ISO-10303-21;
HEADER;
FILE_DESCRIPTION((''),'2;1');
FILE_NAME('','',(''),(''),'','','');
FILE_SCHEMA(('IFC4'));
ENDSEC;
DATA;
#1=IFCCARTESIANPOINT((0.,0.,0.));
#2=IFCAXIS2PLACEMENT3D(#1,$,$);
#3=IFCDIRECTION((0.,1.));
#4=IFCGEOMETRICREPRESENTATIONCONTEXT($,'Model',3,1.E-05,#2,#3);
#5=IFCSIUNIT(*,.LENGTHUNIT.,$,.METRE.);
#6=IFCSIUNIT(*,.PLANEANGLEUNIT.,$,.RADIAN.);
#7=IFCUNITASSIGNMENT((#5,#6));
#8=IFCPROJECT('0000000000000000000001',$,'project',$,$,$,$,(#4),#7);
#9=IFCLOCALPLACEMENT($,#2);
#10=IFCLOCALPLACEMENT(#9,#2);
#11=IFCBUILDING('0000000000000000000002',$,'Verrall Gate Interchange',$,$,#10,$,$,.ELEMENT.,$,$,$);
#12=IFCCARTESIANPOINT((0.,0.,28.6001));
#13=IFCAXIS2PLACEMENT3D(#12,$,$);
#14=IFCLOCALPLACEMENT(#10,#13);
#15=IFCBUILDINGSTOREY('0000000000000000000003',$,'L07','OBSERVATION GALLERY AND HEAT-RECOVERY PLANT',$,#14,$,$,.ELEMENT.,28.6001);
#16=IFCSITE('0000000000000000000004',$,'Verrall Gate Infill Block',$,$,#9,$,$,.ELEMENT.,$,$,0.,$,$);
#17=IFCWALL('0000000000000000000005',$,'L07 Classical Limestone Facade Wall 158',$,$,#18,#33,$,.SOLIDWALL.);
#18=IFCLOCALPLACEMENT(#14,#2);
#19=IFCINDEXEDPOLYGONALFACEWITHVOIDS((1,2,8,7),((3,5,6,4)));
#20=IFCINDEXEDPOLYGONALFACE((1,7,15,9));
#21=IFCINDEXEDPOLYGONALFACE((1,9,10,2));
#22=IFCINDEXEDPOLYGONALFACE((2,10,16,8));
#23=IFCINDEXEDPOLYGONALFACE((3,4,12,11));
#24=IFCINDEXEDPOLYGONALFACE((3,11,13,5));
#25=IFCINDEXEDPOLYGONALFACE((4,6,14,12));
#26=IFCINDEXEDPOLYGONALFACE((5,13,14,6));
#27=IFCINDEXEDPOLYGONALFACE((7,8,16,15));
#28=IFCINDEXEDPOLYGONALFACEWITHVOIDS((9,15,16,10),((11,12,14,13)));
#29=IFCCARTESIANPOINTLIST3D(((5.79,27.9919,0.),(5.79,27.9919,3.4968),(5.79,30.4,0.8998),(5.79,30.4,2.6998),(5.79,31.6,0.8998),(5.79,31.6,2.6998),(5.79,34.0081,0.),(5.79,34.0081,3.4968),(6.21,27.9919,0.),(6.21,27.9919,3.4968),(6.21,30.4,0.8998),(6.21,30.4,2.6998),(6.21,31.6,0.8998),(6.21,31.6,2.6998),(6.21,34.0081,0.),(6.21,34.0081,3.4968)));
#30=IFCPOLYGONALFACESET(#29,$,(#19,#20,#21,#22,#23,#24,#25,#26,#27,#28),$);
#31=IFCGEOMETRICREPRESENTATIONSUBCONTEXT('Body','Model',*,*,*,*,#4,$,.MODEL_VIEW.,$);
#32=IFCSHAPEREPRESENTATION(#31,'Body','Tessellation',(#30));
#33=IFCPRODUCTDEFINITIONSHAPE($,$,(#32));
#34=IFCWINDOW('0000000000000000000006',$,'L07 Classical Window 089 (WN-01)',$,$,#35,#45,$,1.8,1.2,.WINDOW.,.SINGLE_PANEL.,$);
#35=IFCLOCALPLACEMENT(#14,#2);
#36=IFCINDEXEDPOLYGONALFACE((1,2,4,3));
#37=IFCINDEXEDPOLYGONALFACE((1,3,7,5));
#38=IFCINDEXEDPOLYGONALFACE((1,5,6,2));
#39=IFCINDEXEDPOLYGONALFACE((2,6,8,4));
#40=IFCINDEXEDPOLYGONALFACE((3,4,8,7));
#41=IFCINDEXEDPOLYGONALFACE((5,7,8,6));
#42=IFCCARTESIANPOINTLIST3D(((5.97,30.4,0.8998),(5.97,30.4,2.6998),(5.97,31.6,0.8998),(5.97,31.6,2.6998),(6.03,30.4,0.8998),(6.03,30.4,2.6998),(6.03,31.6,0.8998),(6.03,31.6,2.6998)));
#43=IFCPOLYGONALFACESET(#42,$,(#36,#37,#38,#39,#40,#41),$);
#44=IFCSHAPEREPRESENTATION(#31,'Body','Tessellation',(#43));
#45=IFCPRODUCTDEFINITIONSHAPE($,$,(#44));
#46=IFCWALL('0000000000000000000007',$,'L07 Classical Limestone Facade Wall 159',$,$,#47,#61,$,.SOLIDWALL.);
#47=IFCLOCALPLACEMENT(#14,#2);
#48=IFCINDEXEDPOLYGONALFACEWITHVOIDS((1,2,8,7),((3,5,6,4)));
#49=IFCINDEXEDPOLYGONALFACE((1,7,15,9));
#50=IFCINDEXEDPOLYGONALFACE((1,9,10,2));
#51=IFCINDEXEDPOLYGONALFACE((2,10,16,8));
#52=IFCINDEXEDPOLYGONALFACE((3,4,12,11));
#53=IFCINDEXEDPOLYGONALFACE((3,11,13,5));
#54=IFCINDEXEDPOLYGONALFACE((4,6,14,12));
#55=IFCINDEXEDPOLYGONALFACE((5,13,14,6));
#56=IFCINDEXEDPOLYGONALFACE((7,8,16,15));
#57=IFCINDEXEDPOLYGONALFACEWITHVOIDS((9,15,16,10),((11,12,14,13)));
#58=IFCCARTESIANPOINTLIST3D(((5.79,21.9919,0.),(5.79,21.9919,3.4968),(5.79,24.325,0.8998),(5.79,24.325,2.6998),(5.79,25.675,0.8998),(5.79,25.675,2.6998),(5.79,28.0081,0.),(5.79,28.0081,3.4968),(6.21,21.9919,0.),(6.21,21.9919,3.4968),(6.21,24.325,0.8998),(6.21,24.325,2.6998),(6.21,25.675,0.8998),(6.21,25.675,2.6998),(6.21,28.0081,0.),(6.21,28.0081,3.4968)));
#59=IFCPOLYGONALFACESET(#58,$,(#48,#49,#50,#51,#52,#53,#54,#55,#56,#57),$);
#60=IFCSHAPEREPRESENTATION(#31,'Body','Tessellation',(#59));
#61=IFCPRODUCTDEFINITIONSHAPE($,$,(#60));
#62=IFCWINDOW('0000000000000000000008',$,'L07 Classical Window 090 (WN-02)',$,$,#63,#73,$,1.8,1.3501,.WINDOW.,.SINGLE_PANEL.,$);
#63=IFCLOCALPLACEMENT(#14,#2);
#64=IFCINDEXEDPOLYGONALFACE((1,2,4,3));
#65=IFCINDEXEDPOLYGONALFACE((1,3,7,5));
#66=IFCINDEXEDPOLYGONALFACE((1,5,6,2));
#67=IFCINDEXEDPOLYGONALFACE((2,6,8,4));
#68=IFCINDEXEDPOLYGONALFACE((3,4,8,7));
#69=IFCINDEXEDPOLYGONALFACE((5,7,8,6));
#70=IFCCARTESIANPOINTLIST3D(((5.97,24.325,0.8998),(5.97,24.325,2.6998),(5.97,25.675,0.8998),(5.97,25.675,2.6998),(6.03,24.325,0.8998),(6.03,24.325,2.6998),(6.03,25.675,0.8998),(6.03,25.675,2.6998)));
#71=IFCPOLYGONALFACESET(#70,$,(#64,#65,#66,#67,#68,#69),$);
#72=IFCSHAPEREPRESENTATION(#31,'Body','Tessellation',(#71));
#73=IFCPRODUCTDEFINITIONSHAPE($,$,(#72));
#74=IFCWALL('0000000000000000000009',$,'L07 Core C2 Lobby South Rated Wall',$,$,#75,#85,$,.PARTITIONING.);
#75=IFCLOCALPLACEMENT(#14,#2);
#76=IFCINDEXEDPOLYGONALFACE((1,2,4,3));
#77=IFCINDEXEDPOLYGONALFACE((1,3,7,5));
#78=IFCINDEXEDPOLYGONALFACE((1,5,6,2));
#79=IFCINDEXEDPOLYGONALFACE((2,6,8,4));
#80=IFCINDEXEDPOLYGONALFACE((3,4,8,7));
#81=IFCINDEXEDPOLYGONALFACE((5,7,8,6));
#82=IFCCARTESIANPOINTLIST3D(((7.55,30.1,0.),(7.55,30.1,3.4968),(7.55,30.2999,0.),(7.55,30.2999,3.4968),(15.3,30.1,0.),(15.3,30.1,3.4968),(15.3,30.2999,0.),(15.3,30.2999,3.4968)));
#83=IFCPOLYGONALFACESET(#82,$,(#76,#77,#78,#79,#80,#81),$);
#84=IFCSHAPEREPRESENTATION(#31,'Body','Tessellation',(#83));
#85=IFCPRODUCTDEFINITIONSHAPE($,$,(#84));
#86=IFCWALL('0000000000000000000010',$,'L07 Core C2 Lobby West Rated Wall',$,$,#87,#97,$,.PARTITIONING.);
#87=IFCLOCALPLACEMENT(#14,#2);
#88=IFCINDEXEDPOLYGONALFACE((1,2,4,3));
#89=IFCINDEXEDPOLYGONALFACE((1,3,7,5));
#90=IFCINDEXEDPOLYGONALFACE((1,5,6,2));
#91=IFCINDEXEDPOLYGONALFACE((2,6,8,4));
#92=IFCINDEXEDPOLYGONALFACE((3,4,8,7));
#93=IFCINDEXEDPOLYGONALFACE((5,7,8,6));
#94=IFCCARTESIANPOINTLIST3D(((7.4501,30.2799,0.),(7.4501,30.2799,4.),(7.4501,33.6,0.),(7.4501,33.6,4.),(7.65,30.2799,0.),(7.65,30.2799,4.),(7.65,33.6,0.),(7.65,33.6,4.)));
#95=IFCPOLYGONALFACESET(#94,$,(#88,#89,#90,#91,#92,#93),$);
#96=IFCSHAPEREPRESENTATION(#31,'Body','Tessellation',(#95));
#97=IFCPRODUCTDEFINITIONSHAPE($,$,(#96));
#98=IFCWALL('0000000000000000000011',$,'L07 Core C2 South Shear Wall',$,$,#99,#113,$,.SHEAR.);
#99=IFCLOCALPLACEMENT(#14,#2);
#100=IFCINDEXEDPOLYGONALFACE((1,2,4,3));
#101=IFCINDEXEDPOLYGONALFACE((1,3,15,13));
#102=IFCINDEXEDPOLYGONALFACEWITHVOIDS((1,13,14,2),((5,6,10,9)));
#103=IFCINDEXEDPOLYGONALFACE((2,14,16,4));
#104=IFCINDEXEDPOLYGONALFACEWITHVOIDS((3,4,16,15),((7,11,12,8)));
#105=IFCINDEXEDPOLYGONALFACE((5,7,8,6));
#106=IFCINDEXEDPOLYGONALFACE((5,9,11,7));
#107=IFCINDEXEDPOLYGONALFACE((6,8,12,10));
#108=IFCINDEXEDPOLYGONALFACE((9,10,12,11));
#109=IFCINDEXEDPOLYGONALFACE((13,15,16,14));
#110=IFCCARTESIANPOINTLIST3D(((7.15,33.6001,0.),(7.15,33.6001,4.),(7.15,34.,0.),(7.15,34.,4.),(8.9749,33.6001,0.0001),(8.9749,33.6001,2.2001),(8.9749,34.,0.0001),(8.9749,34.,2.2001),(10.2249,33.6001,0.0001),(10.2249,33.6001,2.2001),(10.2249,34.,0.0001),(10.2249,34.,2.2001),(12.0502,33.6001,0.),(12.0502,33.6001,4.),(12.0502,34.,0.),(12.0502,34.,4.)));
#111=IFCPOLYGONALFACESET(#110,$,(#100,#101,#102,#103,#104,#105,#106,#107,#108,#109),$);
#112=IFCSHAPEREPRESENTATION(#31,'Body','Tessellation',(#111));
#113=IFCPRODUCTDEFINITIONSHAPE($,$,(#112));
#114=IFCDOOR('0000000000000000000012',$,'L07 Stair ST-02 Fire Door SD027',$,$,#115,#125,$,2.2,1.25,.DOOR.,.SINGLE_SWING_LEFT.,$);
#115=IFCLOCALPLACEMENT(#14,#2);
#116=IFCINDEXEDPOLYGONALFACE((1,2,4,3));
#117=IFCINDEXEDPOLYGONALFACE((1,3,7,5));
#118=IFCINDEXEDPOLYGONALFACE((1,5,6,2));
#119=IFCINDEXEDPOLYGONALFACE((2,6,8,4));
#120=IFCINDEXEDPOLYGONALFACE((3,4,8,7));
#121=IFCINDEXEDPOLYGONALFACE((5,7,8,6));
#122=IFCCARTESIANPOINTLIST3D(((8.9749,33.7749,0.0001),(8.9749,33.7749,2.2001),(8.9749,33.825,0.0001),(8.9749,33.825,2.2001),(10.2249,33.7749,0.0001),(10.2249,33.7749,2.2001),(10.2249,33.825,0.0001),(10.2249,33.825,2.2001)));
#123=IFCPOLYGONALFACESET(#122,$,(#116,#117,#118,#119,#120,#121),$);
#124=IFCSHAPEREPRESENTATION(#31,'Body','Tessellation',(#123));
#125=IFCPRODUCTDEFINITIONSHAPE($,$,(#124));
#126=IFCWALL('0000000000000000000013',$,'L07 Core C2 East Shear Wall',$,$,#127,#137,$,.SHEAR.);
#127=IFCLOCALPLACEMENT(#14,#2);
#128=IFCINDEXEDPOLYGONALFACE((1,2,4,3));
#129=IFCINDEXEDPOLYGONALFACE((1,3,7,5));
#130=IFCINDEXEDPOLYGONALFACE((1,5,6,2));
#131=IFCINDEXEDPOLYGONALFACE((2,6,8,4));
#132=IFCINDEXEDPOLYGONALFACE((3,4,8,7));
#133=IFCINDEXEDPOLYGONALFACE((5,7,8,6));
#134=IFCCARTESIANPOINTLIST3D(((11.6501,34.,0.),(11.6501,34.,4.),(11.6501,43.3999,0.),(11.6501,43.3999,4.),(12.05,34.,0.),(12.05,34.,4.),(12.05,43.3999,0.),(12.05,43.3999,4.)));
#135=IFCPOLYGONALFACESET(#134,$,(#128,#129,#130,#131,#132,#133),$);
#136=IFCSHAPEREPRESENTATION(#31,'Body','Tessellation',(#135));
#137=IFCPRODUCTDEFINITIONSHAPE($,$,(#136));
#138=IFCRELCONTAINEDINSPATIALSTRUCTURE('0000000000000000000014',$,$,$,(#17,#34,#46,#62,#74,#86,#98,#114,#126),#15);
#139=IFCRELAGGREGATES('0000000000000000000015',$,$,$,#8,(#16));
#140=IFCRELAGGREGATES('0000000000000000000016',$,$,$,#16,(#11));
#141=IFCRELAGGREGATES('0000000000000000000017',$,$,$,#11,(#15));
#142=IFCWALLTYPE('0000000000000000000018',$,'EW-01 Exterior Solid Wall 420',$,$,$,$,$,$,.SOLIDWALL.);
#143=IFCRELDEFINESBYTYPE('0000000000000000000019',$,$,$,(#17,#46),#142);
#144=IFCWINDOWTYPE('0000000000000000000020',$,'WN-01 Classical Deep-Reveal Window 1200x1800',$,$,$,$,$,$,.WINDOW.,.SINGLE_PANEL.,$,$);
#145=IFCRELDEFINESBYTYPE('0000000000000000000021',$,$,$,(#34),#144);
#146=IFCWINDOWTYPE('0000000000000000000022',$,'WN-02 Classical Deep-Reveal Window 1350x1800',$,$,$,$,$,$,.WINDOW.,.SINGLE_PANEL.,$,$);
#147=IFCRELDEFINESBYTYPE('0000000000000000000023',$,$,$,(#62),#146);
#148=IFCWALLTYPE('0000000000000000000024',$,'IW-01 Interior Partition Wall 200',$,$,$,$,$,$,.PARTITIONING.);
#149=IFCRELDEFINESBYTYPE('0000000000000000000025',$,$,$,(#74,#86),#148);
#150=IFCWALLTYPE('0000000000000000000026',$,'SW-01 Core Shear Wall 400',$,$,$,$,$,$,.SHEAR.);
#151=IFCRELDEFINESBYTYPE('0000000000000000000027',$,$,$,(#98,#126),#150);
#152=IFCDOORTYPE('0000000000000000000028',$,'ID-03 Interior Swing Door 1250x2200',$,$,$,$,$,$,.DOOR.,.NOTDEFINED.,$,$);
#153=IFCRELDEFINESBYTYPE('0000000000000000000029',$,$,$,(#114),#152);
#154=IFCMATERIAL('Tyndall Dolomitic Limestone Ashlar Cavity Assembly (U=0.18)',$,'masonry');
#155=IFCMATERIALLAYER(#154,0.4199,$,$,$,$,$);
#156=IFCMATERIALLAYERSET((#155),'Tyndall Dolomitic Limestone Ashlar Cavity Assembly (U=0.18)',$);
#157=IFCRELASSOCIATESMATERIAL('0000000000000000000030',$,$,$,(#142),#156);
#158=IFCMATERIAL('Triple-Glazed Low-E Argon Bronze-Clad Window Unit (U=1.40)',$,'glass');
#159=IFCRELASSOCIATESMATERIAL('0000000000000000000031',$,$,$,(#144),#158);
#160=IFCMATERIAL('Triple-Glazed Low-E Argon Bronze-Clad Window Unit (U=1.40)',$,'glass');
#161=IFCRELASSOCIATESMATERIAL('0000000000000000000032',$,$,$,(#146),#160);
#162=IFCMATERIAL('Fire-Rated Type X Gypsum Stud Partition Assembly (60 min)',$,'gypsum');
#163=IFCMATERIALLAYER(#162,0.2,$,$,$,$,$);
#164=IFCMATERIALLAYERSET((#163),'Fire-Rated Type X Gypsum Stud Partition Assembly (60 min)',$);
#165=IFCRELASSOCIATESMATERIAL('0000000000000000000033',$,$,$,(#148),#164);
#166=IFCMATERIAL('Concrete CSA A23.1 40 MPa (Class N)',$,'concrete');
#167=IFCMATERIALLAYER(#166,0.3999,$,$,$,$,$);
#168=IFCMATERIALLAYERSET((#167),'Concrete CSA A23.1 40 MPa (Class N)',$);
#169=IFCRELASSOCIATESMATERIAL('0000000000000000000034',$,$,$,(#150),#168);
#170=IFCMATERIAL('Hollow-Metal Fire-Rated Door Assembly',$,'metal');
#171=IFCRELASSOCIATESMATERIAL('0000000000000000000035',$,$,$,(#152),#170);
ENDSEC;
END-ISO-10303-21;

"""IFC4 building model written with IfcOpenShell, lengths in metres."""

from ifc_helpers import new_model, si_unit, direction, frame, frame_2d, origin, place, context, subcontext, project, spatial, rectangle, extrude, material, layer, layer_set, type_object, element, fill, save


model = new_model("IFC4")

# Units and contexts
model_context = context("Model", 3, precision=1e-05, world=origin(), true_north=direction((0.0, 1.0)))
body_context = subcontext(model_context, "Body", "Model", "MODEL_VIEW")
ifc_project = project(units=[si_unit("LENGTHUNIT", "METRE"), si_unit("PLANEANGLEUNIT", "RADIAN")], contexts=[model_context])

# Site, building, storey
site_placement = place(None, origin())
site = spatial("IfcSite", under=ifc_project, at=site_placement, Name="Verrall Gate Infill Block", CompositionType="ELEMENT", RefElevation=0.0)
building_placement = place(site_placement, origin())
building = spatial("IfcBuilding", under=site, at=building_placement, Name="Verrall Gate Interchange", CompositionType="ELEMENT")
storey_placement = place(building_placement, frame((0.0, 0.0, 28.6001)))
storey = spatial("IfcBuildingStorey", under=building, at=storey_placement, Name="L07", Description="OBSERVATION GALLERY AND HEAT-RECOVERY PLANT", CompositionType="ELEMENT", Elevation=28.6001)

# Walls, openings, windows
ifc_material_1 = material(Name="Tyndall Dolomitic Limestone Ashlar Cavity Assembly (U=0.18)", Category="masonry")
ifc_layer_1 = layer(ifc_material_1, 0.4199)
ifc_layer_set_1 = layer_set([ifc_layer_1], Name="Tyndall Dolomitic Limestone Ashlar Cavity Assembly (U=0.18)")
wall_type_1 = type_object("IfcWallType", Name="EW-01 Exterior Solid Wall 420", PredefinedType="SOLIDWALL", material=ifc_layer_set_1)
wall_1_placement = place(storey_placement, frame((6.0, 34.0081, 0.0), z_axis=(0.0, 0.0, 1.0), x_axis=(0.0, -1.0, 0.0)))
wall_1 = element("IfcWall", 1, at=wall_1_placement, inside=storey, type_object=wall_type_1, Name="L07 Classical Limestone Facade Wall 158", PredefinedType="SOLIDWALL", context=body_context, shape_type="SweptSolid", body=[
    extrude(rectangle(XDim=6.0161, YDim=0.4199, at=frame_2d((3.0081, 0.0))), origin(), (0.0, 0.0, 1.0), 3.4968),
])
opening_1_placement = place(wall_1_placement, frame((2.408, 0.0, 0.8999)))
opening_1 = element("IfcOpeningElement", 2, at=opening_1_placement, cuts=wall_1, PredefinedType="OPENING", context=body_context, shape_type="SweptSolid", body=[
    extrude(rectangle(XDim=1.2, YDim=1.8, at=frame_2d((0.6001, 0.8999))), frame((0.0, 0.2249, 0.0), z_axis=(0.0, -1.0, 0.0), x_axis=(1.0, 0.0, 0.0)), (0.0, 0.0, 1.0), 0.4497),
])
ifc_material_2 = material(Name="Triple-Glazed Low-E Argon Bronze-Clad Window Unit (U=1.40)", Category="glass")
window_type_1 = type_object("IfcWindowType", Name="WN-01 Classical Deep-Reveal Window 1200x1800", PartitioningType="SINGLE_PANEL", PredefinedType="WINDOW", material=ifc_material_2)
window_1_placement = place(opening_1_placement, origin())
window_1 = element("IfcWindow", 3, at=window_1_placement, inside=storey, type_object=window_type_1, Name="L07 Classical Window 089 (WN-01)", OverallHeight=1.8, OverallWidth=1.2, PartitioningType="SINGLE_PANEL", PredefinedType="WINDOW", context=body_context, shape_type="SweptSolid", body=[
    extrude(rectangle(XDim=1.2, YDim=1.8, at=frame_2d((0.6001, 0.8999))), frame((0.0, 0.03, 0.0), z_axis=(0.0, -1.0, 0.0), x_axis=(1.0, 0.0, 0.0)), (0.0, 0.0, 1.0), 0.0601),
])
fill(opening_1, window_1)
wall_2_placement = place(storey_placement, frame((6.0, 28.0081, 0.0), z_axis=(0.0, 0.0, 1.0), x_axis=(0.0, -1.0, 0.0)))
wall_2 = element("IfcWall", 4, at=wall_2_placement, inside=storey, type_object=wall_type_1, Name="L07 Classical Limestone Facade Wall 159", PredefinedType="SOLIDWALL", context=body_context, shape_type="SweptSolid", body=[
    extrude(rectangle(XDim=6.0161, YDim=0.4199, at=frame_2d((3.0081, 0.0))), origin(), (0.0, 0.0, 1.0), 3.4968),
])
opening_2_placement = place(wall_2_placement, frame((2.333, 0.0, 0.8999)))
opening_2 = element("IfcOpeningElement", 5, at=opening_2_placement, cuts=wall_2, PredefinedType="OPENING", context=body_context, shape_type="SweptSolid", body=[
    extrude(rectangle(XDim=1.3501, YDim=1.8, at=frame_2d((0.675, 0.8999))), frame((0.0, 0.2249, 0.0), z_axis=(0.0, -1.0, 0.0), x_axis=(1.0, 0.0, 0.0)), (0.0, 0.0, 1.0), 0.4497),
])
ifc_material_3 = material(Name="Triple-Glazed Low-E Argon Bronze-Clad Window Unit (U=1.40)", Category="glass")
window_type_2 = type_object("IfcWindowType", Name="WN-02 Classical Deep-Reveal Window 1350x1800", PartitioningType="SINGLE_PANEL", PredefinedType="WINDOW", material=ifc_material_3)
window_2_placement = place(opening_2_placement, origin())
window_2 = element("IfcWindow", 6, at=window_2_placement, inside=storey, type_object=window_type_2, Name="L07 Classical Window 090 (WN-02)", OverallHeight=1.8, OverallWidth=1.3501, PartitioningType="SINGLE_PANEL", PredefinedType="WINDOW", context=body_context, shape_type="SweptSolid", body=[
    extrude(rectangle(XDim=1.3501, YDim=1.8, at=frame_2d((0.675, 0.8999))), frame((0.0, 0.03, 0.0), z_axis=(0.0, -1.0, 0.0), x_axis=(1.0, 0.0, 0.0)), (0.0, 0.0, 1.0), 0.0601),
])
fill(opening_2, window_2)

# Walls
ifc_material_4 = material(Name="Fire-Rated Type X Gypsum Stud Partition Assembly (60 min)", Category="gypsum")
ifc_layer_2 = layer(ifc_material_4, 0.2)
ifc_layer_set_2 = layer_set([ifc_layer_2], Name="Fire-Rated Type X Gypsum Stud Partition Assembly (60 min)")
wall_type_2 = type_object("IfcWallType", Name="IW-01 Interior Partition Wall 200", PredefinedType="PARTITIONING", material=ifc_layer_set_2)
wall_3_placement = place(storey_placement, frame((7.55, 30.2, 0.0), z_axis=(0.0, 0.0, 1.0), x_axis=(1.0, 0.0, 0.0)))
element("IfcWall", 7, at=wall_3_placement, inside=storey, type_object=wall_type_2, Name="L07 Core C2 Lobby South Rated Wall", PredefinedType="PARTITIONING", context=body_context, shape_type="SweptSolid", body=[
    extrude(rectangle(XDim=7.75, YDim=0.2, at=frame_2d((3.875, 0.0))), origin(), (0.0, 0.0, 1.0), 3.4968),
])
wall_4_placement = place(storey_placement, frame((7.55, 33.6001, 0.0), z_axis=(0.0, 0.0, 1.0), x_axis=(0.0, -1.0, 0.0)))
element("IfcWall", 8, at=wall_4_placement, inside=storey, type_object=wall_type_2, Name="L07 Core C2 Lobby West Rated Wall", PredefinedType="PARTITIONING", context=body_context, shape_type="SweptSolid", body=[
    extrude(rectangle(XDim=3.3201, YDim=0.2, at=frame_2d((1.6602, 0.0))), origin(), (0.0, 0.0, 1.0), 4.0),
])

# Wall, opening, door
ifc_material_5 = material(Name="Concrete CSA A23.1 40 MPa (Class N)", Category="concrete")
ifc_layer_3 = layer(ifc_material_5, 0.3999)
ifc_layer_set_3 = layer_set([ifc_layer_3], Name="Concrete CSA A23.1 40 MPa (Class N)")
wall_type_3 = type_object("IfcWallType", Name="SW-01 Core Shear Wall 400", PredefinedType="SHEAR", material=ifc_layer_set_3)
wall_5_placement = place(storey_placement, frame((7.1499, 33.8, 0.0), z_axis=(0.0, 0.0, 1.0), x_axis=(1.0, 0.0, 0.0)))
wall_5 = element("IfcWall", 9, at=wall_5_placement, inside=storey, type_object=wall_type_3, Name="L07 Core C2 South Shear Wall", PredefinedType="SHEAR", context=body_context, shape_type="SweptSolid", body=[
    extrude(rectangle(XDim=4.9001, YDim=0.3999, at=frame_2d((2.4502, 0.0))), origin(), (0.0, 0.0, 1.0), 4.0),
])
opening_3_placement = place(wall_5_placement, frame((1.825, 0.0, 0.0)))
opening_3 = element("IfcOpeningElement", 10, at=opening_3_placement, cuts=wall_5, PredefinedType="OPENING", context=body_context, shape_type="SweptSolid", body=[
    extrude(rectangle(XDim=1.25, YDim=2.2, at=frame_2d((0.625, 1.1001))), frame((0.0, 0.2148, 0.0), z_axis=(0.0, -1.0, 0.0), x_axis=(1.0, 0.0, 0.0)), (0.0, 0.0, 1.0), 0.4297),
])
ifc_material_6 = material(Name="Hollow-Metal Fire-Rated Door Assembly", Category="metal")
door_type = type_object("IfcDoorType", Name="ID-03 Interior Swing Door 1250x2200", OperationType="NOTDEFINED", PredefinedType="DOOR", material=ifc_material_6)
door_placement = place(opening_3_placement, origin())
door = element("IfcDoor", 11, at=door_placement, inside=storey, type_object=door_type, Name="L07 Stair ST-02 Fire Door SD027", OperationType="SINGLE_SWING_LEFT", OverallHeight=2.2, OverallWidth=1.25, PredefinedType="DOOR", context=body_context, shape_type="SweptSolid", body=[
    extrude(rectangle(XDim=1.25, YDim=2.2, at=frame_2d((0.625, 1.1001))), frame((0.0, 0.0249, 0.0), z_axis=(0.0, -1.0, 0.0), x_axis=(1.0, 0.0, 0.0)), (0.0, 0.0, 1.0), 0.05),
])
fill(opening_3, door)

# Wall
wall_6_placement = place(storey_placement, frame((11.8501, 34.0, 0.0), z_axis=(0.0, 0.0, 1.0), x_axis=(0.0, 1.0, 0.0)))
element("IfcWall", 12, at=wall_6_placement, inside=storey, type_object=wall_type_3, Name="L07 Core C2 East Shear Wall", PredefinedType="SHEAR", context=body_context, shape_type="SweptSolid", body=[
    extrude(rectangle(XDim=9.3999, YDim=0.3999, at=frame_2d((4.7, 0.0))), origin(), (0.0, 0.0, 1.0), 4.0),
])

save(model, "model.ifc")
